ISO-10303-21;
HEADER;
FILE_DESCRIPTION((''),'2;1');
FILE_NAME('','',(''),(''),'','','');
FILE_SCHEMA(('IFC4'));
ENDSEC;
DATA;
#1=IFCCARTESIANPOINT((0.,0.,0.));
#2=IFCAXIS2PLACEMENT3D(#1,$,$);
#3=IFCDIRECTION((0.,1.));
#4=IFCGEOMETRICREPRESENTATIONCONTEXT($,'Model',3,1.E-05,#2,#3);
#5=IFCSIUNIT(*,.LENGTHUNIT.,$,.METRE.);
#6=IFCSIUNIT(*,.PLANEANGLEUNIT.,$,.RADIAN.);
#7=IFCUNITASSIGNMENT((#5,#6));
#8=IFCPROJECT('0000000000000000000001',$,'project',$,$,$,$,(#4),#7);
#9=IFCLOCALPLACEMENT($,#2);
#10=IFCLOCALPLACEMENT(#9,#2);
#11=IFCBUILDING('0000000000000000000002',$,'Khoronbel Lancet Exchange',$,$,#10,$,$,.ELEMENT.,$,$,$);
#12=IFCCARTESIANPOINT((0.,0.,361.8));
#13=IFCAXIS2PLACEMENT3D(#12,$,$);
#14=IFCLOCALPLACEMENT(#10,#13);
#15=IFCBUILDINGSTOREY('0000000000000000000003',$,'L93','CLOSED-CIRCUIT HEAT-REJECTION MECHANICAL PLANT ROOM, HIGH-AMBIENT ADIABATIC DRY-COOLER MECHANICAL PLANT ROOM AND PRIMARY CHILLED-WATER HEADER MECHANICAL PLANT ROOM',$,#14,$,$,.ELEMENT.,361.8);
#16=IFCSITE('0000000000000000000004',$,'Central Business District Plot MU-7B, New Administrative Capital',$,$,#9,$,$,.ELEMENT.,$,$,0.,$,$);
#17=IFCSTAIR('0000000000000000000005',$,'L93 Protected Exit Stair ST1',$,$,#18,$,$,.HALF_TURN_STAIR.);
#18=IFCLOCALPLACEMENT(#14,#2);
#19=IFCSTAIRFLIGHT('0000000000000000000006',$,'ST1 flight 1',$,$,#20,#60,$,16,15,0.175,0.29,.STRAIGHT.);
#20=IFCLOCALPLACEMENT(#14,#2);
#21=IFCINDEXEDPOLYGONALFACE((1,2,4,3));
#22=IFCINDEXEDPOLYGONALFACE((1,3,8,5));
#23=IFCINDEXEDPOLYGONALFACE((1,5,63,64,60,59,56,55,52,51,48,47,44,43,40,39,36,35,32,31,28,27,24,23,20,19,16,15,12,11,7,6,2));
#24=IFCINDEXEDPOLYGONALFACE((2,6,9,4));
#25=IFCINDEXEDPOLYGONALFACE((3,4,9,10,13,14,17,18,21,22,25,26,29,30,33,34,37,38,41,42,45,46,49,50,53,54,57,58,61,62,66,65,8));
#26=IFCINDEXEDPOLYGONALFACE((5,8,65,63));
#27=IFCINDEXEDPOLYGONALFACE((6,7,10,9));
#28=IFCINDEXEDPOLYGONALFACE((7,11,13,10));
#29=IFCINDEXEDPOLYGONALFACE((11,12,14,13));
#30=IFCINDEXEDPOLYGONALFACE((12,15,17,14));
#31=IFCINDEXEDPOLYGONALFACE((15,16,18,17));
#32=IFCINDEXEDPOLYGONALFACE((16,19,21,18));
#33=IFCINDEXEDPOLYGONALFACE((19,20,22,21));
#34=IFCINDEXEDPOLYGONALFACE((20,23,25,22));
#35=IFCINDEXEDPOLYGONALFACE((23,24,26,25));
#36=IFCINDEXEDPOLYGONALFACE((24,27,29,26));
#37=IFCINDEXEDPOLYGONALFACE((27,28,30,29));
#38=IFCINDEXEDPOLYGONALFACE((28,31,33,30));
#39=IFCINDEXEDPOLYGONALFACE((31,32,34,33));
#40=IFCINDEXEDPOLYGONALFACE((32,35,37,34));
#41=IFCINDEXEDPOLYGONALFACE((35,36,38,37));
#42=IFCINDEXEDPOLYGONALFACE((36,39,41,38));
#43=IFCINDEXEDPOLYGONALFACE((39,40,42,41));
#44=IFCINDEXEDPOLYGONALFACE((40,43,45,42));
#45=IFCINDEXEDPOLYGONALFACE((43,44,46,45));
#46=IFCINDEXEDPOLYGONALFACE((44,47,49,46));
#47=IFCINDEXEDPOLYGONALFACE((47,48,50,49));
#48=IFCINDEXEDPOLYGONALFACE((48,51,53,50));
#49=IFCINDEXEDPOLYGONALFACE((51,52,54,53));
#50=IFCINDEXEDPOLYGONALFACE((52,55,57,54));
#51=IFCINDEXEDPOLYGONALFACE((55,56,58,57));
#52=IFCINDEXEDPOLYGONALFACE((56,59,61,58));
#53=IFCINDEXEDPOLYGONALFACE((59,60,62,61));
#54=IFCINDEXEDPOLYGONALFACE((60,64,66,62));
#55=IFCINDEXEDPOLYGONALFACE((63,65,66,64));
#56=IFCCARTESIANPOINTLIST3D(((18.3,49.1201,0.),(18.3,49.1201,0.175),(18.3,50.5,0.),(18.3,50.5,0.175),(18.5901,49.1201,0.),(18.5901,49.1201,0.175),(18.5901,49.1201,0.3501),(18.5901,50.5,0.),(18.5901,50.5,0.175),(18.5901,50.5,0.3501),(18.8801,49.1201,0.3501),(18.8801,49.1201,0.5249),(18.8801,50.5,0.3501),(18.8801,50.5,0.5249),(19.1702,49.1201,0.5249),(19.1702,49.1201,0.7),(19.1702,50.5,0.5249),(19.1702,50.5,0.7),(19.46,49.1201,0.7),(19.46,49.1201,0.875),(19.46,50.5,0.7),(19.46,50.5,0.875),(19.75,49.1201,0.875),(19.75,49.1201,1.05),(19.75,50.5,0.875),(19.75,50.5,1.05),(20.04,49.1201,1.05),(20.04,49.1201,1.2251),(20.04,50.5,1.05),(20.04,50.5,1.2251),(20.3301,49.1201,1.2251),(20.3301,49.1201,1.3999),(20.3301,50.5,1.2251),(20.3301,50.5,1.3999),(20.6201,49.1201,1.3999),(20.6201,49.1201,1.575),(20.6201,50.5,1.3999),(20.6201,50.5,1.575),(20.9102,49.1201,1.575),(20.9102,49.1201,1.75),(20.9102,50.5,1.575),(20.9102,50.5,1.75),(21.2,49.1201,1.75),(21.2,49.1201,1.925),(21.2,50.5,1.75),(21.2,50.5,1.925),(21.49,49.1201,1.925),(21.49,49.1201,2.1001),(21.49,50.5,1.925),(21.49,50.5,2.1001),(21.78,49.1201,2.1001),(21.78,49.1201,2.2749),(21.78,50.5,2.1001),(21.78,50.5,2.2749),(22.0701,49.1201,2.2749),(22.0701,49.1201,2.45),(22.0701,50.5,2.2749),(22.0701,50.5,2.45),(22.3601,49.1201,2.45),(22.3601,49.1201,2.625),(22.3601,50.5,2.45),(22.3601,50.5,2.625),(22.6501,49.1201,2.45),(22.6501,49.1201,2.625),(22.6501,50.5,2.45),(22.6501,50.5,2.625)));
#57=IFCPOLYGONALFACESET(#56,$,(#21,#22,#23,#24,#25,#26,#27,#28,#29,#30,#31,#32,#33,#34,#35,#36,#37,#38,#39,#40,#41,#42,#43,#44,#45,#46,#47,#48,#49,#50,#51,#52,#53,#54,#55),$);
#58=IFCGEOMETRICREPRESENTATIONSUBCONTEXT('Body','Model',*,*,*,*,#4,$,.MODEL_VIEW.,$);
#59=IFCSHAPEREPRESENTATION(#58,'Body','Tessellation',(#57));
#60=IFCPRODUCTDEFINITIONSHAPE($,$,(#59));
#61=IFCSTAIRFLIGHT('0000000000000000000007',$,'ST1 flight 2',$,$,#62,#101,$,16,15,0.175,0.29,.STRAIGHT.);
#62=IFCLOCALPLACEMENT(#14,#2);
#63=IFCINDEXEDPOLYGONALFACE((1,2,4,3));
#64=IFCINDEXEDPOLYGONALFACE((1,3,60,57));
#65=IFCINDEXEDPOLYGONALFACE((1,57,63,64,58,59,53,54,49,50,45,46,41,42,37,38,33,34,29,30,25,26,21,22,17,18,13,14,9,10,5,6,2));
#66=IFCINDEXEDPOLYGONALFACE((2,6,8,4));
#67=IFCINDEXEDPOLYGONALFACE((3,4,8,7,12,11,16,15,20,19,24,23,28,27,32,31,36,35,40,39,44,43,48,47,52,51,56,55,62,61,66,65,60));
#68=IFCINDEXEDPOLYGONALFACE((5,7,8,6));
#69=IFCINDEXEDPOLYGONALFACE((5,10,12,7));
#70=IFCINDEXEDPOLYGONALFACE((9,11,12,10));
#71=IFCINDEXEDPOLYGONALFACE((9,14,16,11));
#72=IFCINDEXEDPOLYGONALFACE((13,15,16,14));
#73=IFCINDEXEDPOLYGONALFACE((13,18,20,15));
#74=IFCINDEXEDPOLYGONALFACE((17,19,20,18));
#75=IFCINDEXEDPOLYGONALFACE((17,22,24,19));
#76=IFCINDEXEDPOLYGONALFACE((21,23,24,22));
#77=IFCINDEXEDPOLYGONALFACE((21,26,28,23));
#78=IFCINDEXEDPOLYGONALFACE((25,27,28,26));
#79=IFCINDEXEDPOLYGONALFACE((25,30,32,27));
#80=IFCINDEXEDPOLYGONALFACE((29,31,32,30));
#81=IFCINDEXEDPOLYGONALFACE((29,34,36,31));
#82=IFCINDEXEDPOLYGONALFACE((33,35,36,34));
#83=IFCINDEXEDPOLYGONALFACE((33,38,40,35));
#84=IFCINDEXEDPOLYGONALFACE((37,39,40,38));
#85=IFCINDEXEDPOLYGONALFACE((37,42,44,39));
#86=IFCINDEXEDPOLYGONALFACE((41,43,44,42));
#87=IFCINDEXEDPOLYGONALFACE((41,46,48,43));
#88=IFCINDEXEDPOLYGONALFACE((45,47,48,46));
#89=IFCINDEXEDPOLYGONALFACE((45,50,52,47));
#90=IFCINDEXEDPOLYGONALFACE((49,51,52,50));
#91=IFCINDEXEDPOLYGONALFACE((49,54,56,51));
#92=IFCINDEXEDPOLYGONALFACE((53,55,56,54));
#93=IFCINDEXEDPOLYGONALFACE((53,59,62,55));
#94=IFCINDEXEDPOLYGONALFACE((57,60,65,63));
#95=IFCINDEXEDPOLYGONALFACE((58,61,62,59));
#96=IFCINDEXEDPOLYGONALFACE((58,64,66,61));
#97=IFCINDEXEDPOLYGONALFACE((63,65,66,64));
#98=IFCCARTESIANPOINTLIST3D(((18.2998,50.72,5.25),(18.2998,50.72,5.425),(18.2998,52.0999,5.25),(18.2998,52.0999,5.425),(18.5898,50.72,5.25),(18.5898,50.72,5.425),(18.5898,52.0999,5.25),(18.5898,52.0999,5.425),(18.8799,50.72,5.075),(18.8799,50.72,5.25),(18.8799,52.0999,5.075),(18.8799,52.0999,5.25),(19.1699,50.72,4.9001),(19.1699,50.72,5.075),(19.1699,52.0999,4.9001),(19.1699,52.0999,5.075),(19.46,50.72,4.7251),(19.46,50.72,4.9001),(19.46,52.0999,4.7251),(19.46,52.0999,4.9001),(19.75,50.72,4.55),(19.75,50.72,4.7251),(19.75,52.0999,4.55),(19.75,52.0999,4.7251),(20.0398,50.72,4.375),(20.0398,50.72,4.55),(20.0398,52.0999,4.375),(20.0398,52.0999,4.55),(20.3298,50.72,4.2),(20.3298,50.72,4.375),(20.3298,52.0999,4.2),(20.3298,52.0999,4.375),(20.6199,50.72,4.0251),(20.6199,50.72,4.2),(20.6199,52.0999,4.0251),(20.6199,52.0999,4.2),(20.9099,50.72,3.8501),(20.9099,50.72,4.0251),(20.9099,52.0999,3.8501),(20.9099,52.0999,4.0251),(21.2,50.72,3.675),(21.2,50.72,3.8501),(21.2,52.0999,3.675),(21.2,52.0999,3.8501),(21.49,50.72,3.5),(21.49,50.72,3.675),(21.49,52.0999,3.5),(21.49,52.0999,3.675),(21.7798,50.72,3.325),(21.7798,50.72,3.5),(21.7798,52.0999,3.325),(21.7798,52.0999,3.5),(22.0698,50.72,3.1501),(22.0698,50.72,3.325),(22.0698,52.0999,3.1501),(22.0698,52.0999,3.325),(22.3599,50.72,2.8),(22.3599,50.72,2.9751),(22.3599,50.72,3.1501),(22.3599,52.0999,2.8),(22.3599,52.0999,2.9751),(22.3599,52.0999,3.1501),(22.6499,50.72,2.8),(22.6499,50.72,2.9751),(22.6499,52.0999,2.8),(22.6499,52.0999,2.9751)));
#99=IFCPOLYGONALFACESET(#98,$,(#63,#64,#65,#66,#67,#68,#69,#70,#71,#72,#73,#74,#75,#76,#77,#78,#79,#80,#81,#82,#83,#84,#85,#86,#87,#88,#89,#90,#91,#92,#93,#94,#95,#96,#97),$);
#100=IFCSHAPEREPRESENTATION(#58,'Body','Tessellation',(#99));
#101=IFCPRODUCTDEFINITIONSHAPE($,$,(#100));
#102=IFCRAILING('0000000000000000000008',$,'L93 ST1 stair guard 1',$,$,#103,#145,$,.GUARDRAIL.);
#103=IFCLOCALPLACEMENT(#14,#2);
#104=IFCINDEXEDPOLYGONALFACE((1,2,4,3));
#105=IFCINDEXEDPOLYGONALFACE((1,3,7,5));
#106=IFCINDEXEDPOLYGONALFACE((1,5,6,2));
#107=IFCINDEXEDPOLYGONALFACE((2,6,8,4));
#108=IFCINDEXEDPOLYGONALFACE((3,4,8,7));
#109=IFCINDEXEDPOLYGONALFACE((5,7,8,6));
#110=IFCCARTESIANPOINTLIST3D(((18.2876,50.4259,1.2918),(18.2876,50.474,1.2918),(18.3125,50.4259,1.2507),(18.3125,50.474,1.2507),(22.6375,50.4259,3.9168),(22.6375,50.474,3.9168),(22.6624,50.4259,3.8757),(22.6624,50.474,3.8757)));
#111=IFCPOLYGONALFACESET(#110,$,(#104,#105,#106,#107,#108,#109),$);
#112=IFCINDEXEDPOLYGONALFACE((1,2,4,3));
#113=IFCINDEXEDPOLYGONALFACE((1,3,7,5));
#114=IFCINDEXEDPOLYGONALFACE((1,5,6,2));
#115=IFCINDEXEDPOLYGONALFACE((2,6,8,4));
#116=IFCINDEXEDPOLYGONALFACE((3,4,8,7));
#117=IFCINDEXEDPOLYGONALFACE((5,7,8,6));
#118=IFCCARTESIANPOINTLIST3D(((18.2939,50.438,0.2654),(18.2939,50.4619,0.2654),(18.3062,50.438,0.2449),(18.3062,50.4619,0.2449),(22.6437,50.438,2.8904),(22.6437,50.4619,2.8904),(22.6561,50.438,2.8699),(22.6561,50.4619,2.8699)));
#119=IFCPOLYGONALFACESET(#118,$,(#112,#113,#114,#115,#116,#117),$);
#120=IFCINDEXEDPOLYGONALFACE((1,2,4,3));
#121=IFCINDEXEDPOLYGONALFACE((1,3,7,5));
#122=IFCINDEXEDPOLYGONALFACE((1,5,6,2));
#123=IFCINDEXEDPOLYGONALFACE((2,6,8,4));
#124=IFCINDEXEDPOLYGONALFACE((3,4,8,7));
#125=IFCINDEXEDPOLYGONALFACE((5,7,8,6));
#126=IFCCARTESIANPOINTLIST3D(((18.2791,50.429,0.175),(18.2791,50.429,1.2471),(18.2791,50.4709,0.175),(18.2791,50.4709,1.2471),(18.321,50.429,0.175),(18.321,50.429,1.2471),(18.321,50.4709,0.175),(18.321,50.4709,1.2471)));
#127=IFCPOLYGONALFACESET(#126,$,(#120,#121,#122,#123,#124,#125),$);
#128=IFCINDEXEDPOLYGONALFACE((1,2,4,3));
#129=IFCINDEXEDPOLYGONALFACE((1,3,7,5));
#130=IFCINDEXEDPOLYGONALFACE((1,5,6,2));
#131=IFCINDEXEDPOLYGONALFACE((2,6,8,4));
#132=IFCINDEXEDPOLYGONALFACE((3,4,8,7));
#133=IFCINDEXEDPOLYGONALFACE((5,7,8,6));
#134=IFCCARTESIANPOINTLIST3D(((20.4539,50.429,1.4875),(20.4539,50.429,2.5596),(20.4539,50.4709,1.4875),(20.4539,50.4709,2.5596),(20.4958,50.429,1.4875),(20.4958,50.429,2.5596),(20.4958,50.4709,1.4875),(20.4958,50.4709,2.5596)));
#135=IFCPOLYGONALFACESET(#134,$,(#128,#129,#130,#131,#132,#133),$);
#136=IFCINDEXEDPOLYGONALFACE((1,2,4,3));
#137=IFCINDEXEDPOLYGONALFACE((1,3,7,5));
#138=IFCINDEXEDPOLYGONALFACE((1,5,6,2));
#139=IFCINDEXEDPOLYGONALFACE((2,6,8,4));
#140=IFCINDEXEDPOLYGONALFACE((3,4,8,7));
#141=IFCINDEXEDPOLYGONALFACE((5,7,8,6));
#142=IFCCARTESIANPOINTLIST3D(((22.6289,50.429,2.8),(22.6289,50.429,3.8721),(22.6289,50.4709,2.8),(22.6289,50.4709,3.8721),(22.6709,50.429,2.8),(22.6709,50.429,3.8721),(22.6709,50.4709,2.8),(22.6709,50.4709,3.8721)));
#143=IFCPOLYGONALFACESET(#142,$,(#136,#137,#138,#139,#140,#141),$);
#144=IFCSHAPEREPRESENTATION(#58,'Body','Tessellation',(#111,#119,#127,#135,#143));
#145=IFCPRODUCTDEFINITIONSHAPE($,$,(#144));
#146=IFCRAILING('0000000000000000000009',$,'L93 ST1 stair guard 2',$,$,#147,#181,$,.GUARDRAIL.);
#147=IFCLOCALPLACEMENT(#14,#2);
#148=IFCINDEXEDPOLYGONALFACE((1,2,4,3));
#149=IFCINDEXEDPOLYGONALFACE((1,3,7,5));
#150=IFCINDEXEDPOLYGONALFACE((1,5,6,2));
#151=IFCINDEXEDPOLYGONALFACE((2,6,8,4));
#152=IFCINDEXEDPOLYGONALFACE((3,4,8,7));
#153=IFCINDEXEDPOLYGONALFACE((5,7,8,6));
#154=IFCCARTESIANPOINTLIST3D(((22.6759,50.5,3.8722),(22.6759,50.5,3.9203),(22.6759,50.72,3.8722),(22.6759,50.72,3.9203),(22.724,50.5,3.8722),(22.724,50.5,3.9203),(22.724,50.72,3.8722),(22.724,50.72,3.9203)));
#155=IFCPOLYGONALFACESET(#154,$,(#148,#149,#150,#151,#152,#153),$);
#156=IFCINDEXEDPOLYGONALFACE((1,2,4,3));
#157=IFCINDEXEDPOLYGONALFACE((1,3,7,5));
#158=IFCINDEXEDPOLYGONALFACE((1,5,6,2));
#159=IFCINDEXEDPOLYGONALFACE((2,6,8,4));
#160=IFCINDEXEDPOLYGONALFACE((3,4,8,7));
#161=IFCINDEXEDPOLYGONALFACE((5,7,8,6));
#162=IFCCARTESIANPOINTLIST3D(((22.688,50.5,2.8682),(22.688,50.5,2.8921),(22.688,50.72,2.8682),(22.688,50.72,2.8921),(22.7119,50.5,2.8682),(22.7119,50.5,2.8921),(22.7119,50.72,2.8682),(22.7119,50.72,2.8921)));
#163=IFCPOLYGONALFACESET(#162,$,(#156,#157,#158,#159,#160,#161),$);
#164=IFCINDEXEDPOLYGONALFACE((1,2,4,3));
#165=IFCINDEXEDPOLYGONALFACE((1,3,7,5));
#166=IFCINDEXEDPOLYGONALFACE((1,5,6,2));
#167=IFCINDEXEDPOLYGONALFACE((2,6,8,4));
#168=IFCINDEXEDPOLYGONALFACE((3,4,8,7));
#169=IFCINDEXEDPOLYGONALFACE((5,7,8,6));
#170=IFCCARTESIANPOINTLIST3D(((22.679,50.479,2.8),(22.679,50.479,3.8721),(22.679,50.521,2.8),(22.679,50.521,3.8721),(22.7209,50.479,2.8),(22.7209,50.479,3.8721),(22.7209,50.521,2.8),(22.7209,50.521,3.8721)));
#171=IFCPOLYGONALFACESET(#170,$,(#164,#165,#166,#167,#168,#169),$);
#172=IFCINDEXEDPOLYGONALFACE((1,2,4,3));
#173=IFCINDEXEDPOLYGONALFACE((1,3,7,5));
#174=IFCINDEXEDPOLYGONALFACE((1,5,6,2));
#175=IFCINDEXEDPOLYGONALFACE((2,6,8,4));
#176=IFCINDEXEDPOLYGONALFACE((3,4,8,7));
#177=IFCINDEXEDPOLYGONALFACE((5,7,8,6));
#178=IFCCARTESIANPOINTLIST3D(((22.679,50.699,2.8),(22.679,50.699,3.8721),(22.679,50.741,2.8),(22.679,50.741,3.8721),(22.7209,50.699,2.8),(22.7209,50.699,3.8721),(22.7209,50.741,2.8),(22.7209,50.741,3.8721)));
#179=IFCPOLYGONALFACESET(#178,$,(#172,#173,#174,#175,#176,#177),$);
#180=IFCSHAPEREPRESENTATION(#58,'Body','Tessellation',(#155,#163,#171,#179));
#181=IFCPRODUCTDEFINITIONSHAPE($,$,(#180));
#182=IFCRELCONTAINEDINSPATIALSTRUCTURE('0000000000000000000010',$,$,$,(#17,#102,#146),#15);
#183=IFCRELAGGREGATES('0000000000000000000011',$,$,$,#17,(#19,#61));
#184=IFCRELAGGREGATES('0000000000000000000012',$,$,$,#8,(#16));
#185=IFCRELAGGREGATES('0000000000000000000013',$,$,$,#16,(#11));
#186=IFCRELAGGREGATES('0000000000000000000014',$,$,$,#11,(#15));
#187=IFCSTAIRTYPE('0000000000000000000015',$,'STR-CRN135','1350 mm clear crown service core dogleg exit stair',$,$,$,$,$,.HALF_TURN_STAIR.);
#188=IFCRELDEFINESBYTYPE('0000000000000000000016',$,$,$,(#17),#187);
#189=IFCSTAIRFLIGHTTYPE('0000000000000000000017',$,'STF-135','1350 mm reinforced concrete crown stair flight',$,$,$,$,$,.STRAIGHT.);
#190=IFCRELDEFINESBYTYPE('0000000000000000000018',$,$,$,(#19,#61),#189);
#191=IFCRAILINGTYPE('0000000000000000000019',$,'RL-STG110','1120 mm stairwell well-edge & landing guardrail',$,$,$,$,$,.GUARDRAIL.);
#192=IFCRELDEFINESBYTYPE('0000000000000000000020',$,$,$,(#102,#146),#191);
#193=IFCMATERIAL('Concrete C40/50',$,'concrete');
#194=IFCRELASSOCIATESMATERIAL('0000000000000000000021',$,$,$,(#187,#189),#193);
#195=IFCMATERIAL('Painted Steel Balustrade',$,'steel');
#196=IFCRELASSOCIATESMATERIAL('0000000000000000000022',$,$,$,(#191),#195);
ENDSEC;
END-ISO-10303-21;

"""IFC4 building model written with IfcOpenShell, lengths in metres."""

from ifc_helpers import new_model, si_unit, direction, frame, origin, origin_2d, place, context, subcontext, project, spatial, polyline, rectangle, outline, extrude, material, type_object, element, aggregate, save


model = new_model("IFC4")

# Units and contexts
model_context = context("Model", 3, precision=1e-05, world=origin(), true_north=direction((0.0, 1.0)))
body_context = subcontext(model_context, "Body", "Model", "MODEL_VIEW")
ifc_project = project(units=[si_unit("LENGTHUNIT", "METRE"), si_unit("PLANEANGLEUNIT", "RADIAN")], contexts=[model_context])

# Site, building, storey
site_placement = place(None, origin())
site = spatial("IfcSite", under=ifc_project, at=site_placement, Name="Central Business District Plot MU-7B, New Administrative Capital", CompositionType="ELEMENT", RefElevation=0.0)
building_placement = place(site_placement, origin())
building = spatial("IfcBuilding", under=site, at=building_placement, Name="Khoronbel Lancet Exchange", CompositionType="ELEMENT")
storey_placement = place(building_placement, frame((0.0, 0.0, 361.8)))
storey = spatial("IfcBuildingStorey", under=building, at=storey_placement, Name="L93", Description="CLOSED-CIRCUIT HEAT-REJECTION MECHANICAL PLANT ROOM, HIGH-AMBIENT ADIABATIC DRY-COOLER MECHANICAL PLANT ROOM AND PRIMARY CHILLED-WATER HEADER MECHANICAL PLANT ROOM", CompositionType="ELEMENT", Elevation=361.8)

# Stair, stair flights
ifc_material_1 = material(Name="Concrete C40/50", Category="concrete")
stair_type = type_object("IfcStairType", Name="STR-CRN135", Description="1350 mm clear crown service core dogleg exit stair", PredefinedType="HALF_TURN_STAIR", material=ifc_material_1)
stair_placement = place(storey_placement, origin())
stair = element("IfcStair", 1, at=stair_placement, inside=storey, type_object=stair_type, Name="L93 Protected Exit Stair ST1", PredefinedType="HALF_TURN_STAIR")
stair_flight_type = type_object("IfcStairFlightType", Name="STF-135", Description="1350 mm reinforced concrete crown stair flight", PredefinedType="STRAIGHT", material=ifc_material_1)
stair_flight_1_placement = place(storey_placement, frame((18.3, 49.8101, 0.0), z_axis=(0.0, 0.0, 1.0), x_axis=(1.0, 0.0, 0.0)))
stair_flight_1 = element("IfcStairFlight", 2, at=stair_flight_1_placement, type_object=stair_flight_type, Name="ST1 flight 1", NumberOfRisers=16, NumberOfTreads=15, PredefinedType="STRAIGHT", RiserHeight=0.175, TreadLength=0.29, context=body_context, shape_type="SweptSolid", body=[
    extrude(outline(polyline([(0.0, 0.0), (0.0, 0.175), (0.29, 0.175), (0.29, 0.3501), (0.5801, 0.3501), (0.5801, 0.5249), (0.8701, 0.5249), (0.8701, 0.7), (1.1599, 0.7), (1.1599, 0.875), (1.45, 0.875), (1.45, 1.05), (1.74, 1.05), (1.74, 1.2251), (2.03, 1.2251), (2.03, 1.3999), (2.3201, 1.3999), (2.3201, 1.575), (2.6101, 1.575), (2.6101, 1.75), (2.8999, 1.75), (2.8999, 1.925), (3.1899, 1.925), (3.1899, 2.1001), (3.48, 2.1001), (3.48, 2.2749), (3.77, 2.2749), (3.77, 2.45), (4.0601, 2.45), (4.0601, 2.625), (4.3501, 2.625), (4.3501, 2.8), (4.3501, 2.45), (0.29, 0.0), (0.0, 0.0)])), frame((0.0, 0.6899, 0.0), z_axis=(0.0, -1.0, 0.0), x_axis=(1.0, 0.0, 0.0)), (0.0, 0.0, 1.0), 1.3799),
])
stair_flight_2_placement = place(storey_placement, frame((22.6499, 51.4099, 2.8), z_axis=(0.0, 0.0, 1.0), x_axis=(-1.0, 0.0, 0.0)))
stair_flight_2 = element("IfcStairFlight", 3, at=stair_flight_2_placement, type_object=stair_flight_type, Name="ST1 flight 2", NumberOfRisers=16, NumberOfTreads=15, PredefinedType="STRAIGHT", RiserHeight=0.175, TreadLength=0.29, context=body_context, shape_type="SweptSolid", body=[
    extrude(outline(polyline([(0.0, 0.0), (0.0, 0.175), (0.29, 0.175), (0.29, 0.3501), (0.5801, 0.3501), (0.5801, 0.5249), (0.8701, 0.5249), (0.8701, 0.7), (1.1599, 0.7), (1.1599, 0.875), (1.45, 0.875), (1.45, 1.05), (1.74, 1.05), (1.74, 1.2251), (2.03, 1.2251), (2.03, 1.3999), (2.3201, 1.3999), (2.3201, 1.575), (2.6101, 1.575), (2.6101, 1.75), (2.8999, 1.75), (2.8999, 1.925), (3.1899, 1.925), (3.1899, 2.1001), (3.48, 2.1001), (3.48, 2.2749), (3.77, 2.2749), (3.77, 2.45), (4.0601, 2.45), (4.0601, 2.625), (4.3501, 2.625), (4.3501, 2.8), (4.3501, 2.45), (0.29, 0.0), (0.0, 0.0)])), frame((0.0, 0.6899, 0.0), z_axis=(0.0, -1.0, 0.0), x_axis=(1.0, 0.0, 0.0)), (0.0, 0.0, 1.0), 1.3799),
])
aggregate(stair, [stair_flight_1, stair_flight_2])

# Railings
ifc_material_2 = material(Name="Painted Steel Balustrade", Category="steel")
railing_type_1 = type_object("IfcRailingType", Name="RL-STG110", Description="1120 mm stairwell well-edge & landing guardrail", PredefinedType="GUARDRAIL", material=ifc_material_2)
railing_1_placement = place(storey_placement, frame((18.3, 50.45, 0.175)))
element("IfcRailing", 4, at=railing_1_placement, inside=storey, type_object=railing_type_1, Name="L93 ST1 stair guard 1", PredefinedType="GUARDRAIL", context=body_context, shape_type="SweptSolid", body=[
    extrude(rectangle(XDim=0.0481, YDim=0.0481, at=origin_2d()), frame((0.0, 0.0, 1.0962), z_axis=(0.85618, 0.0, 0.516678), x_axis=(0.0, 1.0, 0.0)), (0.0, 0.0, 1.0), 5.0806),
    extrude(rectangle(XDim=0.0239, YDim=0.0239, at=origin_2d()), frame((0.0, 0.0, 0.0801), z_axis=(0.85618, 0.0, 0.516678), x_axis=(0.0, 1.0, 0.0)), (0.0, 0.0, 1.0), 5.0806),
    extrude(rectangle(XDim=0.042, YDim=0.042, at=origin_2d()), origin(), (0.0, 0.0, 1.0), 1.072),
    extrude(rectangle(XDim=0.042, YDim=0.042, at=origin_2d()), frame((2.1748, 0.0, 1.3125)), (0.0, 0.0, 1.0), 1.072),
    extrude(rectangle(XDim=0.042, YDim=0.042, at=origin_2d()), frame((4.3499, 0.0, 2.625)), (0.0, 0.0, 1.0), 1.072),
])
railing_2_placement = place(storey_placement, frame((22.7, 50.5, 2.8)))
element("IfcRailing", 5, at=railing_2_placement, inside=storey, type_object=railing_type_1, Name="L93 ST1 stair guard 2", PredefinedType="GUARDRAIL", context=body_context, shape_type="SweptSolid", body=[
    extrude(rectangle(XDim=0.0481, YDim=0.0481, at=origin_2d()), frame((0.0, 0.0, 1.0962), z_axis=(0.0, 1.0, 0.0), x_axis=(-1.0, 0.0, 0.0)), (0.0, 0.0, 1.0), 0.22),
    extrude(rectangle(XDim=0.0239, YDim=0.0239, at=origin_2d()), frame((0.0, 0.0, 0.0801), z_axis=(0.0, 1.0, 0.0), x_axis=(-1.0, 0.0, 0.0)), (0.0, 0.0, 1.0), 0.22),
    extrude(rectangle(XDim=0.042, YDim=0.042, at=origin_2d()), origin(), (0.0, 0.0, 1.0), 1.072),
    extrude(rectangle(XDim=0.042, YDim=0.042, at=origin_2d()), frame((0.0, 0.22, 0.0)), (0.0, 0.0, 1.0), 1.072),
])

save(model, "model.ifc")
